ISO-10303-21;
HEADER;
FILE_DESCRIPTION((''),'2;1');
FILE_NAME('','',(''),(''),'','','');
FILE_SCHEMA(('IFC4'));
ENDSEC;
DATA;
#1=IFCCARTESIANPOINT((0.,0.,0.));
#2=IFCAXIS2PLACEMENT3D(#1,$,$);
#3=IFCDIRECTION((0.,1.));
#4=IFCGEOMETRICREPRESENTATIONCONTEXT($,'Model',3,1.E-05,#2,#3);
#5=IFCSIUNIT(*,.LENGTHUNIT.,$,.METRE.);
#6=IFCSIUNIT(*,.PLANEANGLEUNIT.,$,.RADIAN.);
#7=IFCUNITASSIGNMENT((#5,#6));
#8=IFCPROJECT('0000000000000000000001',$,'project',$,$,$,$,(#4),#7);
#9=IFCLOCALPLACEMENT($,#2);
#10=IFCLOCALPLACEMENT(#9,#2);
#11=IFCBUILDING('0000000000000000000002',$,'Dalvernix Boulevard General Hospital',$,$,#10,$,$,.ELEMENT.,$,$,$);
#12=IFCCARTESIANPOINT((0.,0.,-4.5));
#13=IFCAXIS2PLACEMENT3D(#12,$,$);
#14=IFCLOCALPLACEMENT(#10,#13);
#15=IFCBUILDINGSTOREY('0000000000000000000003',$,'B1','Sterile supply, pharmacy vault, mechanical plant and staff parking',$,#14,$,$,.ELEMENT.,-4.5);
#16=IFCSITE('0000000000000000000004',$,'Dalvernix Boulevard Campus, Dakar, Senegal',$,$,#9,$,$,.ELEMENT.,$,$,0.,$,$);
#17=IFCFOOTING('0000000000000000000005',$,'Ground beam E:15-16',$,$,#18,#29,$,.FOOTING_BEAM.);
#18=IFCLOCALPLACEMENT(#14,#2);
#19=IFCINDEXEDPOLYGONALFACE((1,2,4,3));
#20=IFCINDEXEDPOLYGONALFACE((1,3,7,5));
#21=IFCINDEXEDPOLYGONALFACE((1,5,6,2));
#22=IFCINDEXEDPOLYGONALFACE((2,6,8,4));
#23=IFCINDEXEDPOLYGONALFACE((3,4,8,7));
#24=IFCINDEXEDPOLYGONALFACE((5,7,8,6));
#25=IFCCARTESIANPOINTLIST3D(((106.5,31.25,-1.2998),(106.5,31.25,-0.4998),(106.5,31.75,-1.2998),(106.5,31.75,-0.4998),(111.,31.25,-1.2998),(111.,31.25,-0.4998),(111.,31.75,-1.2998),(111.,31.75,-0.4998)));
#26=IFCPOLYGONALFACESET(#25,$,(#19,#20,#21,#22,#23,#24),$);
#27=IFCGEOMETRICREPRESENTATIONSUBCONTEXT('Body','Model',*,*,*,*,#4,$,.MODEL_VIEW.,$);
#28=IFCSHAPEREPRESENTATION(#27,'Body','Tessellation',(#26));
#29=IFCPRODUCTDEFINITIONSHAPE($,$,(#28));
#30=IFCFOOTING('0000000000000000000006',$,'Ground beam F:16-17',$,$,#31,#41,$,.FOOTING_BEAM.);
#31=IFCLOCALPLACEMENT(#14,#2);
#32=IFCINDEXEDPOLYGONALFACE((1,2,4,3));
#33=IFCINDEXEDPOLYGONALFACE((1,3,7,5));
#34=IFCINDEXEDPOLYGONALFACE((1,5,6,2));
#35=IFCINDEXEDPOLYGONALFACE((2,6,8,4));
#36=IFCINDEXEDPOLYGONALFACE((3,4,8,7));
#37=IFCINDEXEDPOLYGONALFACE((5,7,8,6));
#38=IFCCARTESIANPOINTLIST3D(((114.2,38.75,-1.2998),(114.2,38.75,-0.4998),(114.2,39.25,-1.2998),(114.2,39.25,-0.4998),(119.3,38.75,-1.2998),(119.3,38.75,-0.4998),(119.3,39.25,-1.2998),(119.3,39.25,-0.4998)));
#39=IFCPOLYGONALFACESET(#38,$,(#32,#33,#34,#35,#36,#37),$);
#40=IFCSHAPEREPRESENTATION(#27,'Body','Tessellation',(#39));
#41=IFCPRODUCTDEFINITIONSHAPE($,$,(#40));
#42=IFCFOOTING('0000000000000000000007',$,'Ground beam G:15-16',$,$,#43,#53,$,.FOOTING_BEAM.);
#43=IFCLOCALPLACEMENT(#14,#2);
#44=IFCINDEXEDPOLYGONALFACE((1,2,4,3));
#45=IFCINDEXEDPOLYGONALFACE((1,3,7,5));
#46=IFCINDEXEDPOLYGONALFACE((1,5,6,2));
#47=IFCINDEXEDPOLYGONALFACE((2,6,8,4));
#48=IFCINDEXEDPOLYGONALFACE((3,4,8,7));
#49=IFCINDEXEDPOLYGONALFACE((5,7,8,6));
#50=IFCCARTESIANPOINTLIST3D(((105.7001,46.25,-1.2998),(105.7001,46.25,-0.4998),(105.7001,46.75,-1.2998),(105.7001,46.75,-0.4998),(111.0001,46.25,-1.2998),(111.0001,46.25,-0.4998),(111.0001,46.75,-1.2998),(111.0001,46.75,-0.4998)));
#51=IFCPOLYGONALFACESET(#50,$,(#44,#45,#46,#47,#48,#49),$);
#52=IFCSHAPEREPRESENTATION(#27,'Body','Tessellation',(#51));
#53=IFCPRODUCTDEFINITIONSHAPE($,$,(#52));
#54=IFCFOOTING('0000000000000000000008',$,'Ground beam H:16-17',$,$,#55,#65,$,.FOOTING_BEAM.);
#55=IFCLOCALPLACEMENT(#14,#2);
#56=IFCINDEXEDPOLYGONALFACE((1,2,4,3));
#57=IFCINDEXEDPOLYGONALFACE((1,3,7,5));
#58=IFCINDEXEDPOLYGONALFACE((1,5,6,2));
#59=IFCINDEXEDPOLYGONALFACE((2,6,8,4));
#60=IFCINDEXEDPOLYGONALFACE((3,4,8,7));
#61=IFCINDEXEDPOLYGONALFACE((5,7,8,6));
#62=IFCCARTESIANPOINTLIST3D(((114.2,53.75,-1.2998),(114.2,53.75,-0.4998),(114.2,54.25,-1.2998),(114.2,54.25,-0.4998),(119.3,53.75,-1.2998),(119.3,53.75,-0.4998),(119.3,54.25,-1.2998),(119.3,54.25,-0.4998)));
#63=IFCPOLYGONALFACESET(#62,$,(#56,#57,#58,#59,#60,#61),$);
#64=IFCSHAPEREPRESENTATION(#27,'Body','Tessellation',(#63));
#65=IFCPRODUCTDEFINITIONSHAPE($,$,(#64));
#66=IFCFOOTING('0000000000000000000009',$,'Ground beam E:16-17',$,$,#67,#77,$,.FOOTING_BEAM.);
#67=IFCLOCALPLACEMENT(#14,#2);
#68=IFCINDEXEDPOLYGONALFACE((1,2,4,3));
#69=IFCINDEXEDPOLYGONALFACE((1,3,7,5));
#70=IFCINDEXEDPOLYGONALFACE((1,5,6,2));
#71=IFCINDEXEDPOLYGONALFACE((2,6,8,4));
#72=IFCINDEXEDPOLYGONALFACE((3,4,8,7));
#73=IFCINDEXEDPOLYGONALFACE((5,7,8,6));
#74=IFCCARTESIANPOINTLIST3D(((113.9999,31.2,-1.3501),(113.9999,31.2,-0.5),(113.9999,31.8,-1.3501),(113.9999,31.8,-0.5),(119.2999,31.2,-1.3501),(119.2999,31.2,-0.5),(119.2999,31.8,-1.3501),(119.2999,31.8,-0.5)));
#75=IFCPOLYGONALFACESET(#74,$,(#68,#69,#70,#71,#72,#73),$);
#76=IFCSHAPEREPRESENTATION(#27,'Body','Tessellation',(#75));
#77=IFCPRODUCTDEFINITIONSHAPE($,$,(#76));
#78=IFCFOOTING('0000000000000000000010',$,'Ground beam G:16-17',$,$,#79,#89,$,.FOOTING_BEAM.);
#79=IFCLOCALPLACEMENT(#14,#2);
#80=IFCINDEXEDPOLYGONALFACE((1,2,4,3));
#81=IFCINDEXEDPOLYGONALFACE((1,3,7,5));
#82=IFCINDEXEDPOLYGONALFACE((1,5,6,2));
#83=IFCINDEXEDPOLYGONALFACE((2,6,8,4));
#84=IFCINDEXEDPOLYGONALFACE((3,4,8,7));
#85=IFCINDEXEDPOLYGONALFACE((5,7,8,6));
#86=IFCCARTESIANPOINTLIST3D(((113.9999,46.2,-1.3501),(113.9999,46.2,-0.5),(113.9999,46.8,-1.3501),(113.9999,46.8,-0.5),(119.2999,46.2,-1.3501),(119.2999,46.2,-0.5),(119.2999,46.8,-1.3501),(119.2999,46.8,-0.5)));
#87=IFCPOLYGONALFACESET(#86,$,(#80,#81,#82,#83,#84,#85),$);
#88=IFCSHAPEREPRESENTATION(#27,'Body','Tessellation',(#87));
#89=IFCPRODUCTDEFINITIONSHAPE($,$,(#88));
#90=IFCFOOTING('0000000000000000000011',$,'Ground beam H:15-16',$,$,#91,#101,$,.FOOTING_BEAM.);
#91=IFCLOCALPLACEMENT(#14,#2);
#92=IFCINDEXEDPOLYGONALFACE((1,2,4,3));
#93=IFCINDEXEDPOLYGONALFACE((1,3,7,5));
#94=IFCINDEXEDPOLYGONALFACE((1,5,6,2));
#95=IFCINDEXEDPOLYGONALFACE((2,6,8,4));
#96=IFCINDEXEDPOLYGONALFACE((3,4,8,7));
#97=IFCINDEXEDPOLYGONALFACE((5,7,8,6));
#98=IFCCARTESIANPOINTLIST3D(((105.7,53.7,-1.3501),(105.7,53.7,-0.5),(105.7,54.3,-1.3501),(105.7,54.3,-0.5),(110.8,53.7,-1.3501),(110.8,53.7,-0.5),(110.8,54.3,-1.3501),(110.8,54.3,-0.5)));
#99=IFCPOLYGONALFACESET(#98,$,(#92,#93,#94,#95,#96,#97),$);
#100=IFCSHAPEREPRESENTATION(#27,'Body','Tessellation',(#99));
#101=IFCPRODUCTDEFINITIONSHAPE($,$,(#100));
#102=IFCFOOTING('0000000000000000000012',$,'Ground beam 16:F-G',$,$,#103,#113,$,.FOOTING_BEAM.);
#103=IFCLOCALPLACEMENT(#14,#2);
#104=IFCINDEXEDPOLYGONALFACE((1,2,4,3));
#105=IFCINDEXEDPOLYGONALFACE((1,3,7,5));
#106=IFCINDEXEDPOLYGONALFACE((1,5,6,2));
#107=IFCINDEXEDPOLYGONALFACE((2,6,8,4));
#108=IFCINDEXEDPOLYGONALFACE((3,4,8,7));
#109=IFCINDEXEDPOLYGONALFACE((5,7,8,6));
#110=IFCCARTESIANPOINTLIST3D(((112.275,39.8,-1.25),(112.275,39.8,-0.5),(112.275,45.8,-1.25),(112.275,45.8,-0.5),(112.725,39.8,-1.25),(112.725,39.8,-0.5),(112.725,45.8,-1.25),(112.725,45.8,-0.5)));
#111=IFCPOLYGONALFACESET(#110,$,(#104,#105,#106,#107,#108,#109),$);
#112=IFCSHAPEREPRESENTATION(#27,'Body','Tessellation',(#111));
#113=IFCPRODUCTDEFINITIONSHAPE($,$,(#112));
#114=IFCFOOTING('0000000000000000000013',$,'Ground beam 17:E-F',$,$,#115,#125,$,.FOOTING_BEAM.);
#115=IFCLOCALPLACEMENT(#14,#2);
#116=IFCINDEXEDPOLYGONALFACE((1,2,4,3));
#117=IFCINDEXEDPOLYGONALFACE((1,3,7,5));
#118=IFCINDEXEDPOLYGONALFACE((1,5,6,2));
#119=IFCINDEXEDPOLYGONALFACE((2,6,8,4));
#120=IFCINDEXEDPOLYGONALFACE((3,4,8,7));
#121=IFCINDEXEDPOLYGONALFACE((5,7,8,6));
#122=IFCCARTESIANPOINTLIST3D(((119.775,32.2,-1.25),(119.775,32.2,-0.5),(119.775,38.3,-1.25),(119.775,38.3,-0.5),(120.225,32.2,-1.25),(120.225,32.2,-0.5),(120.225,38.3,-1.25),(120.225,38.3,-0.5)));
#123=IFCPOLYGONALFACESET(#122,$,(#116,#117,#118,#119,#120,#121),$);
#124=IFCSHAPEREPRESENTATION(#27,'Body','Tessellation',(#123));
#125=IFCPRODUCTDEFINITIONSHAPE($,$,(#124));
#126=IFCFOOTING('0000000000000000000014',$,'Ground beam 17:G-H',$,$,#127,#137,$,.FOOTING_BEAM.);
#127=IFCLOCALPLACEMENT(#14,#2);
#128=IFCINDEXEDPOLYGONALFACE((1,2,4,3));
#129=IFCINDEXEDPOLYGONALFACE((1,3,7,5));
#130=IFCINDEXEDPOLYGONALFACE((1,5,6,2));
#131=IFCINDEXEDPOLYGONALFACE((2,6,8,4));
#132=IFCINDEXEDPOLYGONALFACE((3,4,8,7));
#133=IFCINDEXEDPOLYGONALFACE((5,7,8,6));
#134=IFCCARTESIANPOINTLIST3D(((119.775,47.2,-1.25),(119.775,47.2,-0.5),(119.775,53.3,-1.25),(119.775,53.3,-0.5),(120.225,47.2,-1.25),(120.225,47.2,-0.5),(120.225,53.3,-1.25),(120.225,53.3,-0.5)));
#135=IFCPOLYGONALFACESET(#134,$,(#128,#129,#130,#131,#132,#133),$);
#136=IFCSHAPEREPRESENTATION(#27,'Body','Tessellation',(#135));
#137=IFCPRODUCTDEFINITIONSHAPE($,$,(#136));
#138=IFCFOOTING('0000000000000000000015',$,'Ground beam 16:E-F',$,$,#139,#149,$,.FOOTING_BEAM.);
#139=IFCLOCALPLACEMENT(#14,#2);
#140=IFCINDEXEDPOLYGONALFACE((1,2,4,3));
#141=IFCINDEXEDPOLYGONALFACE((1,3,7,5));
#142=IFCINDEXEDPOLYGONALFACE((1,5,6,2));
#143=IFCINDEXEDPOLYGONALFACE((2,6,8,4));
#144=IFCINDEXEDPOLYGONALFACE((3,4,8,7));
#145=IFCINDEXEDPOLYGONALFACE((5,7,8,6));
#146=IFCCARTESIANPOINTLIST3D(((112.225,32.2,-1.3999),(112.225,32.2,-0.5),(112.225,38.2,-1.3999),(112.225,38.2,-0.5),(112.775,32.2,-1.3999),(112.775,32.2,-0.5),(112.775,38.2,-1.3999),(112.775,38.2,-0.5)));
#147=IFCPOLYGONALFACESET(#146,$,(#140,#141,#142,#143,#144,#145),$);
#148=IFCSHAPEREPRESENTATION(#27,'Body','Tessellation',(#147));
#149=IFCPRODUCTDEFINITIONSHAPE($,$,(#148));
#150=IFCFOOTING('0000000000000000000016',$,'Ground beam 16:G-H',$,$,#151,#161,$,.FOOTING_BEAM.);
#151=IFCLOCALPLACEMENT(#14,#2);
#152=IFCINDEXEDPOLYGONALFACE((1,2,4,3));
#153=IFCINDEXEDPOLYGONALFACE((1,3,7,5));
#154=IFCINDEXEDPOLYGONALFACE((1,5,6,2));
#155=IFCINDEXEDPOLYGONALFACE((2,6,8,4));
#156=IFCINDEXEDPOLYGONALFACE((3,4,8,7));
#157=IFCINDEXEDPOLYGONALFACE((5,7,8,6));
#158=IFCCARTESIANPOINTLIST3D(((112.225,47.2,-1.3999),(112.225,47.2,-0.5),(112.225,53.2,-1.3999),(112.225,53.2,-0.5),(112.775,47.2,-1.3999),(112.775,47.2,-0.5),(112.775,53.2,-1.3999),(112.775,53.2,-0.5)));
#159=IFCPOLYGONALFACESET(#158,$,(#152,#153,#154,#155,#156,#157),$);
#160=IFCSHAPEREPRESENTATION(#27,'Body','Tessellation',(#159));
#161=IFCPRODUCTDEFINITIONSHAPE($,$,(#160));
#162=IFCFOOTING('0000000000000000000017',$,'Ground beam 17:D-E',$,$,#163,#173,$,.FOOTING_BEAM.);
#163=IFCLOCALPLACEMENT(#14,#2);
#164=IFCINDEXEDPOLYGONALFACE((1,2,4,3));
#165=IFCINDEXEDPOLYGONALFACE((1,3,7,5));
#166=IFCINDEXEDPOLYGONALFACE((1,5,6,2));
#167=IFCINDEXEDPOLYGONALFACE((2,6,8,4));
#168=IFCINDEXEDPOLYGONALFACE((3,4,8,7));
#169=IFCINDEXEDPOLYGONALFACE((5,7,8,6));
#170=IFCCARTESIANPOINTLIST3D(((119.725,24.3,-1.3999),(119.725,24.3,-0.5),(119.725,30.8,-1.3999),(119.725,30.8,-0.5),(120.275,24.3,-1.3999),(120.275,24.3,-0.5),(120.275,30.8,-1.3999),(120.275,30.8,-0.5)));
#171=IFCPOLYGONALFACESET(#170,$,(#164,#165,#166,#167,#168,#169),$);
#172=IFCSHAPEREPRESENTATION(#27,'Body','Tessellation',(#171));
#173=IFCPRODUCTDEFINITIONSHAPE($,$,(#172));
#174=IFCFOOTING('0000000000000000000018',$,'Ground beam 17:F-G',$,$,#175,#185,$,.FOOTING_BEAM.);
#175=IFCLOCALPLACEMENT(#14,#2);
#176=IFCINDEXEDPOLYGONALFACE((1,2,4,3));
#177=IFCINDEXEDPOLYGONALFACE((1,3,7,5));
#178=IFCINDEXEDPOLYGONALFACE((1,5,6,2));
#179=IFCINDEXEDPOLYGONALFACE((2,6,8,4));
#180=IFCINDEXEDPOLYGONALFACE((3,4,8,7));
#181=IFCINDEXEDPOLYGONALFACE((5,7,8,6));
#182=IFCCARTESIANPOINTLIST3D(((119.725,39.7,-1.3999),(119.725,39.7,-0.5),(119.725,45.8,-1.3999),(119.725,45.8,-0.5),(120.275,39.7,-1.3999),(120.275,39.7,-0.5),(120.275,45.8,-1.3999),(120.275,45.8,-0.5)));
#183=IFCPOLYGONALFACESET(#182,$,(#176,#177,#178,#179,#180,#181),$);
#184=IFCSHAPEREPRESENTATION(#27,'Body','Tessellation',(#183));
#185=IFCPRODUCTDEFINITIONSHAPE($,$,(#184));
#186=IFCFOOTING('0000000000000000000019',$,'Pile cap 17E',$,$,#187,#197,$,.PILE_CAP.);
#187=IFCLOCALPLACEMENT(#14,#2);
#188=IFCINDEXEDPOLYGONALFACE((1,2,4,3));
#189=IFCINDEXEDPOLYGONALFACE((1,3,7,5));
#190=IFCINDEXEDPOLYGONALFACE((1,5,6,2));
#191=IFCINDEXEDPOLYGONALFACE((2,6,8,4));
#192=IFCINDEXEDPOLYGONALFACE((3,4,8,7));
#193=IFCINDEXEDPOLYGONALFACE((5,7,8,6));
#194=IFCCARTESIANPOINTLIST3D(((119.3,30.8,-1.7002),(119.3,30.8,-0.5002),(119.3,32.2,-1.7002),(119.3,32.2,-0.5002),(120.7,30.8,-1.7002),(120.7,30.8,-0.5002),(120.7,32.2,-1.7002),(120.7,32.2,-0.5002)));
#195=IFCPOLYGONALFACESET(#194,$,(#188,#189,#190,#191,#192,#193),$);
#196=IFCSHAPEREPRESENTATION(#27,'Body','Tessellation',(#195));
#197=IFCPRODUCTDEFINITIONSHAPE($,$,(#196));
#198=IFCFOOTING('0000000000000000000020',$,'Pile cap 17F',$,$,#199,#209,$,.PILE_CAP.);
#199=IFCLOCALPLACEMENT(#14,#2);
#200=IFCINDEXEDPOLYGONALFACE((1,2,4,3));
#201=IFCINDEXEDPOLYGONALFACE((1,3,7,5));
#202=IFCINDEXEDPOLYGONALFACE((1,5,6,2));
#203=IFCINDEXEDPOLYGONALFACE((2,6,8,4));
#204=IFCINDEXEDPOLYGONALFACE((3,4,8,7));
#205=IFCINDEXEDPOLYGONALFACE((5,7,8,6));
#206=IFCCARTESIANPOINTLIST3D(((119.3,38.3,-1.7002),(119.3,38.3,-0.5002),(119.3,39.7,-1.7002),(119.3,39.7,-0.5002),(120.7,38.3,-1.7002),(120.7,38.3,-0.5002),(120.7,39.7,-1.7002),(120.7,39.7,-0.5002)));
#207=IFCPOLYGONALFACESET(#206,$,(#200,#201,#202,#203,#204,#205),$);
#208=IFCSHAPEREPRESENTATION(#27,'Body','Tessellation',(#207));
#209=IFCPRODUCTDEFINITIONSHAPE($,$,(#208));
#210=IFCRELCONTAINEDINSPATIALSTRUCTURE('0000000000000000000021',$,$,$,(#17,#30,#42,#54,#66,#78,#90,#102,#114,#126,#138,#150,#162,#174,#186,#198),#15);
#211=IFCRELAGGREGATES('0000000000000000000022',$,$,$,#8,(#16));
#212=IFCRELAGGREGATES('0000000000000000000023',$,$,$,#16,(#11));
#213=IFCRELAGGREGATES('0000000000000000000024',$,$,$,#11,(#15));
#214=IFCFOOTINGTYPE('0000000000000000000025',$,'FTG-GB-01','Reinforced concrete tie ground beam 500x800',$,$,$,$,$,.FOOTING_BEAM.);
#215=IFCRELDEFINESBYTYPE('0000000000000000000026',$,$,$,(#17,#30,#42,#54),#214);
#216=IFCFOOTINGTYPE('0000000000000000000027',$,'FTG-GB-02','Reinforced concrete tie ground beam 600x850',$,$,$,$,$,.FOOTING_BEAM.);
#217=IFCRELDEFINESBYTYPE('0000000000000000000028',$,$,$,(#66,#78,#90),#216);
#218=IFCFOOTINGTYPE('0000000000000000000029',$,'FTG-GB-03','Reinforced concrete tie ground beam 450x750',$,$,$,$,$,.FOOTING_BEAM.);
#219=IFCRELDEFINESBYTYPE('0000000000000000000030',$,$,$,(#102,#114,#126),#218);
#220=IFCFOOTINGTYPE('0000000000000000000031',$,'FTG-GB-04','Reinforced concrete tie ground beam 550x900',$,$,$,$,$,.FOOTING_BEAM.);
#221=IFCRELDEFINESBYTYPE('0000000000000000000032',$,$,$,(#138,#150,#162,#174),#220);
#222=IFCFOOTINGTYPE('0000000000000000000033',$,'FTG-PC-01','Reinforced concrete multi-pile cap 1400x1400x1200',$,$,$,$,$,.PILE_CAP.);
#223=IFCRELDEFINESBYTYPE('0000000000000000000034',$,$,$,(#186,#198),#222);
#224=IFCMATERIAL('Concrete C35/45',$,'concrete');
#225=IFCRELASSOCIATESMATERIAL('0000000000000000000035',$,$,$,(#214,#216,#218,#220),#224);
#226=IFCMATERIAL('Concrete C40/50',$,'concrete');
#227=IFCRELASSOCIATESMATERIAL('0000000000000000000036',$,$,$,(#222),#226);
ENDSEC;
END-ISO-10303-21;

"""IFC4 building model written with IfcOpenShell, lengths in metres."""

from ifc_helpers import new_model, si_unit, direction, frame, origin, origin_2d, place, context, subcontext, project, spatial, rectangle, extrude, material, type_object, element, save


model = new_model("IFC4")

# Units and contexts
model_context = context("Model", 3, precision=1e-05, world=origin(), true_north=direction((0.0, 1.0)))
body_context = subcontext(model_context, "Body", "Model", "MODEL_VIEW")
ifc_project = project(units=[si_unit("LENGTHUNIT", "METRE"), si_unit("PLANEANGLEUNIT", "RADIAN")], contexts=[model_context])

# Site, building, storey
site_placement = place(None, origin())
site = spatial("IfcSite", under=ifc_project, at=site_placement, Name="Dalvernix Boulevard Campus, Dakar, Senegal", CompositionType="ELEMENT", RefElevation=0.0)
building_placement = place(site_placement, origin())
building = spatial("IfcBuilding", under=site, at=building_placement, Name="Dalvernix Boulevard General Hospital", CompositionType="ELEMENT")
storey_placement = place(building_placement, frame((0.0, 0.0, -4.5)))
storey = spatial("IfcBuildingStorey", under=building, at=storey_placement, Name="B1", Description="Sterile supply, pharmacy vault, mechanical plant and staff parking", CompositionType="ELEMENT", Elevation=-4.5)

# Footings
ifc_material_1 = material(Name="Concrete C35/45", Category="concrete")
footing_type_1 = type_object("IfcFootingType", Name="FTG-GB-01", Description="Reinforced concrete tie ground beam 500x800", PredefinedType="FOOTING_BEAM", material=ifc_material_1)
footing_1_placement = place(storey_placement, frame((108.75, 31.5, -1.2998), z_axis=(0.0, 0.0, 1.0), x_axis=(1.0, 0.0, 0.0)))
element("IfcFooting", 1, at=footing_1_placement, inside=storey, type_object=footing_type_1, Name="Ground beam E:15-16", PredefinedType="FOOTING_BEAM", context=body_context, shape_type="SweptSolid", body=[
    extrude(rectangle(XDim=4.5, YDim=0.5, at=origin_2d()), origin(), (0.0, 0.0, 1.0), 0.8),
])
footing_2_placement = place(storey_placement, frame((116.75, 39.0, -1.2998), z_axis=(0.0, 0.0, 1.0), x_axis=(1.0, 0.0, 0.0)))
element("IfcFooting", 2, at=footing_2_placement, inside=storey, type_object=footing_type_1, Name="Ground beam F:16-17", PredefinedType="FOOTING_BEAM", context=body_context, shape_type="SweptSolid", body=[
    extrude(rectangle(XDim=5.1001, YDim=0.5, at=origin_2d()), origin(), (0.0, 0.0, 1.0), 0.8),
])
footing_3_placement = place(storey_placement, frame((108.3501, 46.5, -1.2998), z_axis=(0.0, 0.0, 1.0), x_axis=(1.0, 0.0, 0.0)))
element("IfcFooting", 3, at=footing_3_placement, inside=storey, type_object=footing_type_1, Name="Ground beam G:15-16", PredefinedType="FOOTING_BEAM", context=body_context, shape_type="SweptSolid", body=[
    extrude(rectangle(XDim=5.3, YDim=0.5, at=origin_2d()), origin(), (0.0, 0.0, 1.0), 0.8),
])
footing_4_placement = place(storey_placement, frame((116.75, 54.0, -1.2998), z_axis=(0.0, 0.0, 1.0), x_axis=(1.0, 0.0, 0.0)))
element("IfcFooting", 4, at=footing_4_placement, inside=storey, type_object=footing_type_1, Name="Ground beam H:16-17", PredefinedType="FOOTING_BEAM", context=body_context, shape_type="SweptSolid", body=[
    extrude(rectangle(XDim=5.1001, YDim=0.5, at=origin_2d()), origin(), (0.0, 0.0, 1.0), 0.8),
])
footing_type_2 = type_object("IfcFootingType", Name="FTG-GB-02", Description="Reinforced concrete tie ground beam 600x850", PredefinedType="FOOTING_BEAM", material=ifc_material_1)
for number, where, z_axis, x_axis, name in (
    (5, (116.6499, 31.5, -1.3501), (0.0, 0.0, 1.0), (1.0, 0.0, 0.0), "Ground beam E:16-17"),
    (6, (116.6499, 46.5, -1.3501), (0.0, 0.0, 1.0), (1.0, 0.0, 0.0), "Ground beam G:16-17"),
):
    element("IfcFooting", number, at=place(storey_placement, frame(where, z_axis=z_axis, x_axis=x_axis)), inside=storey, type_object=footing_type_2, Name=name, PredefinedType="FOOTING_BEAM", context=body_context, shape_type="SweptSolid", body=[
        extrude(rectangle(XDim=5.3, YDim=0.6001, at=origin_2d()), origin(), (0.0, 0.0, 1.0), 0.8501),
    ])
footing_5_placement = place(storey_placement, frame((108.25, 54.0, -1.3501), z_axis=(0.0, 0.0, 1.0), x_axis=(1.0, 0.0, 0.0)))
element("IfcFooting", 7, at=footing_5_placement, inside=storey, type_object=footing_type_2, Name="Ground beam H:15-16", PredefinedType="FOOTING_BEAM", context=body_context, shape_type="SweptSolid", body=[
    extrude(rectangle(XDim=5.1001, YDim=0.6001, at=origin_2d()), origin(), (0.0, 0.0, 1.0), 0.8501),
])
footing_type_3 = type_object("IfcFootingType", Name="FTG-GB-03", Description="Reinforced concrete tie ground beam 450x750", PredefinedType="FOOTING_BEAM", material=ifc_material_1)
footing_6_placement = place(storey_placement, frame((112.5, 42.8, -1.25), z_axis=(0.0, 0.0, 1.0), x_axis=(0.0, 1.0, 0.0)))
element("IfcFooting", 8, at=footing_6_placement, inside=storey, type_object=footing_type_3, Name="Ground beam 16:F-G", PredefinedType="FOOTING_BEAM", context=body_context, shape_type="SweptSolid", body=[
    extrude(rectangle(XDim=6.0, YDim=0.45, at=origin_2d()), origin(), (0.0, 0.0, 1.0), 0.75),
])
for number, where, z_axis, x_axis, name in (
    (9, (120.0, 35.25, -1.25), (0.0, 0.0, 1.0), (0.0, 1.0, 0.0), "Ground beam 17:E-F"),
    (10, (120.0, 50.25, -1.25), (0.0, 0.0, 1.0), (0.0, 1.0, 0.0), "Ground beam 17:G-H"),
):
    element("IfcFooting", number, at=place(storey_placement, frame(where, z_axis=z_axis, x_axis=x_axis)), inside=storey, type_object=footing_type_3, Name=name, PredefinedType="FOOTING_BEAM", context=body_context, shape_type="SweptSolid", body=[
        extrude(rectangle(XDim=6.1001, YDim=0.45, at=origin_2d()), origin(), (0.0, 0.0, 1.0), 0.75),
    ])
footing_type_4 = type_object("IfcFootingType", Name="FTG-GB-04", Description="Reinforced concrete tie ground beam 550x900", PredefinedType="FOOTING_BEAM", material=ifc_material_1)
for number, where, z_axis, x_axis, name in (
    (11, (112.5, 35.2, -1.3999), (0.0, 0.0, 1.0), (0.0, 1.0, 0.0), "Ground beam 16:E-F"),
    (12, (112.5, 50.2, -1.3999), (0.0, 0.0, 1.0), (0.0, 1.0, 0.0), "Ground beam 16:G-H"),
):
    element("IfcFooting", number, at=place(storey_placement, frame(where, z_axis=z_axis, x_axis=x_axis)), inside=storey, type_object=footing_type_4, Name=name, PredefinedType="FOOTING_BEAM", context=body_context, shape_type="SweptSolid", body=[
        extrude(rectangle(XDim=6.0, YDim=0.55, at=origin_2d()), origin(), (0.0, 0.0, 1.0), 0.8999),
    ])
footing_7_placement = place(storey_placement, frame((120.0, 27.55, -1.3999), z_axis=(0.0, 0.0, 1.0), x_axis=(0.0, 1.0, 0.0)))
element("IfcFooting", 13, at=footing_7_placement, inside=storey, type_object=footing_type_4, Name="Ground beam 17:D-E", PredefinedType="FOOTING_BEAM", context=body_context, shape_type="SweptSolid", body=[
    extrude(rectangle(XDim=6.5, YDim=0.55, at=origin_2d()), origin(), (0.0, 0.0, 1.0), 0.8999),
])
footing_8_placement = place(storey_placement, frame((120.0, 42.75, -1.3999), z_axis=(0.0, 0.0, 1.0), x_axis=(0.0, 1.0, 0.0)))
element("IfcFooting", 14, at=footing_8_placement, inside=storey, type_object=footing_type_4, Name="Ground beam 17:F-G", PredefinedType="FOOTING_BEAM", context=body_context, shape_type="SweptSolid", body=[
    extrude(rectangle(XDim=6.1001, YDim=0.55, at=origin_2d()), origin(), (0.0, 0.0, 1.0), 0.8999),
])
ifc_material_2 = material(Name="Concrete C40/50", Category="concrete")
footing_type_5 = type_object("IfcFootingType", Name="FTG-PC-01", Description="Reinforced concrete multi-pile cap 1400x1400x1200", PredefinedType="PILE_CAP", material=ifc_material_2)
for number, where, z_axis, x_axis, name in (
    (15, (120.0, 31.5, -1.7002), (0.0, 0.0, 1.0), (1.0, 0.0, 0.0), "Pile cap 17E"),
    (16, (120.0, 39.0, -1.7002), (0.0, 0.0, 1.0), (1.0, 0.0, 0.0), "Pile cap 17F"),
):
    element("IfcFooting", number, at=place(storey_placement, frame(where, z_axis=z_axis, x_axis=x_axis)), inside=storey, type_object=footing_type_5, Name=name, PredefinedType="PILE_CAP", context=body_context, shape_type="SweptSolid", body=[
        extrude(rectangle(XDim=1.3999, YDim=1.3999, at=origin_2d()), origin(), (0.0, 0.0, 1.0), 1.2),
    ])

save(model, "model.ifc")
